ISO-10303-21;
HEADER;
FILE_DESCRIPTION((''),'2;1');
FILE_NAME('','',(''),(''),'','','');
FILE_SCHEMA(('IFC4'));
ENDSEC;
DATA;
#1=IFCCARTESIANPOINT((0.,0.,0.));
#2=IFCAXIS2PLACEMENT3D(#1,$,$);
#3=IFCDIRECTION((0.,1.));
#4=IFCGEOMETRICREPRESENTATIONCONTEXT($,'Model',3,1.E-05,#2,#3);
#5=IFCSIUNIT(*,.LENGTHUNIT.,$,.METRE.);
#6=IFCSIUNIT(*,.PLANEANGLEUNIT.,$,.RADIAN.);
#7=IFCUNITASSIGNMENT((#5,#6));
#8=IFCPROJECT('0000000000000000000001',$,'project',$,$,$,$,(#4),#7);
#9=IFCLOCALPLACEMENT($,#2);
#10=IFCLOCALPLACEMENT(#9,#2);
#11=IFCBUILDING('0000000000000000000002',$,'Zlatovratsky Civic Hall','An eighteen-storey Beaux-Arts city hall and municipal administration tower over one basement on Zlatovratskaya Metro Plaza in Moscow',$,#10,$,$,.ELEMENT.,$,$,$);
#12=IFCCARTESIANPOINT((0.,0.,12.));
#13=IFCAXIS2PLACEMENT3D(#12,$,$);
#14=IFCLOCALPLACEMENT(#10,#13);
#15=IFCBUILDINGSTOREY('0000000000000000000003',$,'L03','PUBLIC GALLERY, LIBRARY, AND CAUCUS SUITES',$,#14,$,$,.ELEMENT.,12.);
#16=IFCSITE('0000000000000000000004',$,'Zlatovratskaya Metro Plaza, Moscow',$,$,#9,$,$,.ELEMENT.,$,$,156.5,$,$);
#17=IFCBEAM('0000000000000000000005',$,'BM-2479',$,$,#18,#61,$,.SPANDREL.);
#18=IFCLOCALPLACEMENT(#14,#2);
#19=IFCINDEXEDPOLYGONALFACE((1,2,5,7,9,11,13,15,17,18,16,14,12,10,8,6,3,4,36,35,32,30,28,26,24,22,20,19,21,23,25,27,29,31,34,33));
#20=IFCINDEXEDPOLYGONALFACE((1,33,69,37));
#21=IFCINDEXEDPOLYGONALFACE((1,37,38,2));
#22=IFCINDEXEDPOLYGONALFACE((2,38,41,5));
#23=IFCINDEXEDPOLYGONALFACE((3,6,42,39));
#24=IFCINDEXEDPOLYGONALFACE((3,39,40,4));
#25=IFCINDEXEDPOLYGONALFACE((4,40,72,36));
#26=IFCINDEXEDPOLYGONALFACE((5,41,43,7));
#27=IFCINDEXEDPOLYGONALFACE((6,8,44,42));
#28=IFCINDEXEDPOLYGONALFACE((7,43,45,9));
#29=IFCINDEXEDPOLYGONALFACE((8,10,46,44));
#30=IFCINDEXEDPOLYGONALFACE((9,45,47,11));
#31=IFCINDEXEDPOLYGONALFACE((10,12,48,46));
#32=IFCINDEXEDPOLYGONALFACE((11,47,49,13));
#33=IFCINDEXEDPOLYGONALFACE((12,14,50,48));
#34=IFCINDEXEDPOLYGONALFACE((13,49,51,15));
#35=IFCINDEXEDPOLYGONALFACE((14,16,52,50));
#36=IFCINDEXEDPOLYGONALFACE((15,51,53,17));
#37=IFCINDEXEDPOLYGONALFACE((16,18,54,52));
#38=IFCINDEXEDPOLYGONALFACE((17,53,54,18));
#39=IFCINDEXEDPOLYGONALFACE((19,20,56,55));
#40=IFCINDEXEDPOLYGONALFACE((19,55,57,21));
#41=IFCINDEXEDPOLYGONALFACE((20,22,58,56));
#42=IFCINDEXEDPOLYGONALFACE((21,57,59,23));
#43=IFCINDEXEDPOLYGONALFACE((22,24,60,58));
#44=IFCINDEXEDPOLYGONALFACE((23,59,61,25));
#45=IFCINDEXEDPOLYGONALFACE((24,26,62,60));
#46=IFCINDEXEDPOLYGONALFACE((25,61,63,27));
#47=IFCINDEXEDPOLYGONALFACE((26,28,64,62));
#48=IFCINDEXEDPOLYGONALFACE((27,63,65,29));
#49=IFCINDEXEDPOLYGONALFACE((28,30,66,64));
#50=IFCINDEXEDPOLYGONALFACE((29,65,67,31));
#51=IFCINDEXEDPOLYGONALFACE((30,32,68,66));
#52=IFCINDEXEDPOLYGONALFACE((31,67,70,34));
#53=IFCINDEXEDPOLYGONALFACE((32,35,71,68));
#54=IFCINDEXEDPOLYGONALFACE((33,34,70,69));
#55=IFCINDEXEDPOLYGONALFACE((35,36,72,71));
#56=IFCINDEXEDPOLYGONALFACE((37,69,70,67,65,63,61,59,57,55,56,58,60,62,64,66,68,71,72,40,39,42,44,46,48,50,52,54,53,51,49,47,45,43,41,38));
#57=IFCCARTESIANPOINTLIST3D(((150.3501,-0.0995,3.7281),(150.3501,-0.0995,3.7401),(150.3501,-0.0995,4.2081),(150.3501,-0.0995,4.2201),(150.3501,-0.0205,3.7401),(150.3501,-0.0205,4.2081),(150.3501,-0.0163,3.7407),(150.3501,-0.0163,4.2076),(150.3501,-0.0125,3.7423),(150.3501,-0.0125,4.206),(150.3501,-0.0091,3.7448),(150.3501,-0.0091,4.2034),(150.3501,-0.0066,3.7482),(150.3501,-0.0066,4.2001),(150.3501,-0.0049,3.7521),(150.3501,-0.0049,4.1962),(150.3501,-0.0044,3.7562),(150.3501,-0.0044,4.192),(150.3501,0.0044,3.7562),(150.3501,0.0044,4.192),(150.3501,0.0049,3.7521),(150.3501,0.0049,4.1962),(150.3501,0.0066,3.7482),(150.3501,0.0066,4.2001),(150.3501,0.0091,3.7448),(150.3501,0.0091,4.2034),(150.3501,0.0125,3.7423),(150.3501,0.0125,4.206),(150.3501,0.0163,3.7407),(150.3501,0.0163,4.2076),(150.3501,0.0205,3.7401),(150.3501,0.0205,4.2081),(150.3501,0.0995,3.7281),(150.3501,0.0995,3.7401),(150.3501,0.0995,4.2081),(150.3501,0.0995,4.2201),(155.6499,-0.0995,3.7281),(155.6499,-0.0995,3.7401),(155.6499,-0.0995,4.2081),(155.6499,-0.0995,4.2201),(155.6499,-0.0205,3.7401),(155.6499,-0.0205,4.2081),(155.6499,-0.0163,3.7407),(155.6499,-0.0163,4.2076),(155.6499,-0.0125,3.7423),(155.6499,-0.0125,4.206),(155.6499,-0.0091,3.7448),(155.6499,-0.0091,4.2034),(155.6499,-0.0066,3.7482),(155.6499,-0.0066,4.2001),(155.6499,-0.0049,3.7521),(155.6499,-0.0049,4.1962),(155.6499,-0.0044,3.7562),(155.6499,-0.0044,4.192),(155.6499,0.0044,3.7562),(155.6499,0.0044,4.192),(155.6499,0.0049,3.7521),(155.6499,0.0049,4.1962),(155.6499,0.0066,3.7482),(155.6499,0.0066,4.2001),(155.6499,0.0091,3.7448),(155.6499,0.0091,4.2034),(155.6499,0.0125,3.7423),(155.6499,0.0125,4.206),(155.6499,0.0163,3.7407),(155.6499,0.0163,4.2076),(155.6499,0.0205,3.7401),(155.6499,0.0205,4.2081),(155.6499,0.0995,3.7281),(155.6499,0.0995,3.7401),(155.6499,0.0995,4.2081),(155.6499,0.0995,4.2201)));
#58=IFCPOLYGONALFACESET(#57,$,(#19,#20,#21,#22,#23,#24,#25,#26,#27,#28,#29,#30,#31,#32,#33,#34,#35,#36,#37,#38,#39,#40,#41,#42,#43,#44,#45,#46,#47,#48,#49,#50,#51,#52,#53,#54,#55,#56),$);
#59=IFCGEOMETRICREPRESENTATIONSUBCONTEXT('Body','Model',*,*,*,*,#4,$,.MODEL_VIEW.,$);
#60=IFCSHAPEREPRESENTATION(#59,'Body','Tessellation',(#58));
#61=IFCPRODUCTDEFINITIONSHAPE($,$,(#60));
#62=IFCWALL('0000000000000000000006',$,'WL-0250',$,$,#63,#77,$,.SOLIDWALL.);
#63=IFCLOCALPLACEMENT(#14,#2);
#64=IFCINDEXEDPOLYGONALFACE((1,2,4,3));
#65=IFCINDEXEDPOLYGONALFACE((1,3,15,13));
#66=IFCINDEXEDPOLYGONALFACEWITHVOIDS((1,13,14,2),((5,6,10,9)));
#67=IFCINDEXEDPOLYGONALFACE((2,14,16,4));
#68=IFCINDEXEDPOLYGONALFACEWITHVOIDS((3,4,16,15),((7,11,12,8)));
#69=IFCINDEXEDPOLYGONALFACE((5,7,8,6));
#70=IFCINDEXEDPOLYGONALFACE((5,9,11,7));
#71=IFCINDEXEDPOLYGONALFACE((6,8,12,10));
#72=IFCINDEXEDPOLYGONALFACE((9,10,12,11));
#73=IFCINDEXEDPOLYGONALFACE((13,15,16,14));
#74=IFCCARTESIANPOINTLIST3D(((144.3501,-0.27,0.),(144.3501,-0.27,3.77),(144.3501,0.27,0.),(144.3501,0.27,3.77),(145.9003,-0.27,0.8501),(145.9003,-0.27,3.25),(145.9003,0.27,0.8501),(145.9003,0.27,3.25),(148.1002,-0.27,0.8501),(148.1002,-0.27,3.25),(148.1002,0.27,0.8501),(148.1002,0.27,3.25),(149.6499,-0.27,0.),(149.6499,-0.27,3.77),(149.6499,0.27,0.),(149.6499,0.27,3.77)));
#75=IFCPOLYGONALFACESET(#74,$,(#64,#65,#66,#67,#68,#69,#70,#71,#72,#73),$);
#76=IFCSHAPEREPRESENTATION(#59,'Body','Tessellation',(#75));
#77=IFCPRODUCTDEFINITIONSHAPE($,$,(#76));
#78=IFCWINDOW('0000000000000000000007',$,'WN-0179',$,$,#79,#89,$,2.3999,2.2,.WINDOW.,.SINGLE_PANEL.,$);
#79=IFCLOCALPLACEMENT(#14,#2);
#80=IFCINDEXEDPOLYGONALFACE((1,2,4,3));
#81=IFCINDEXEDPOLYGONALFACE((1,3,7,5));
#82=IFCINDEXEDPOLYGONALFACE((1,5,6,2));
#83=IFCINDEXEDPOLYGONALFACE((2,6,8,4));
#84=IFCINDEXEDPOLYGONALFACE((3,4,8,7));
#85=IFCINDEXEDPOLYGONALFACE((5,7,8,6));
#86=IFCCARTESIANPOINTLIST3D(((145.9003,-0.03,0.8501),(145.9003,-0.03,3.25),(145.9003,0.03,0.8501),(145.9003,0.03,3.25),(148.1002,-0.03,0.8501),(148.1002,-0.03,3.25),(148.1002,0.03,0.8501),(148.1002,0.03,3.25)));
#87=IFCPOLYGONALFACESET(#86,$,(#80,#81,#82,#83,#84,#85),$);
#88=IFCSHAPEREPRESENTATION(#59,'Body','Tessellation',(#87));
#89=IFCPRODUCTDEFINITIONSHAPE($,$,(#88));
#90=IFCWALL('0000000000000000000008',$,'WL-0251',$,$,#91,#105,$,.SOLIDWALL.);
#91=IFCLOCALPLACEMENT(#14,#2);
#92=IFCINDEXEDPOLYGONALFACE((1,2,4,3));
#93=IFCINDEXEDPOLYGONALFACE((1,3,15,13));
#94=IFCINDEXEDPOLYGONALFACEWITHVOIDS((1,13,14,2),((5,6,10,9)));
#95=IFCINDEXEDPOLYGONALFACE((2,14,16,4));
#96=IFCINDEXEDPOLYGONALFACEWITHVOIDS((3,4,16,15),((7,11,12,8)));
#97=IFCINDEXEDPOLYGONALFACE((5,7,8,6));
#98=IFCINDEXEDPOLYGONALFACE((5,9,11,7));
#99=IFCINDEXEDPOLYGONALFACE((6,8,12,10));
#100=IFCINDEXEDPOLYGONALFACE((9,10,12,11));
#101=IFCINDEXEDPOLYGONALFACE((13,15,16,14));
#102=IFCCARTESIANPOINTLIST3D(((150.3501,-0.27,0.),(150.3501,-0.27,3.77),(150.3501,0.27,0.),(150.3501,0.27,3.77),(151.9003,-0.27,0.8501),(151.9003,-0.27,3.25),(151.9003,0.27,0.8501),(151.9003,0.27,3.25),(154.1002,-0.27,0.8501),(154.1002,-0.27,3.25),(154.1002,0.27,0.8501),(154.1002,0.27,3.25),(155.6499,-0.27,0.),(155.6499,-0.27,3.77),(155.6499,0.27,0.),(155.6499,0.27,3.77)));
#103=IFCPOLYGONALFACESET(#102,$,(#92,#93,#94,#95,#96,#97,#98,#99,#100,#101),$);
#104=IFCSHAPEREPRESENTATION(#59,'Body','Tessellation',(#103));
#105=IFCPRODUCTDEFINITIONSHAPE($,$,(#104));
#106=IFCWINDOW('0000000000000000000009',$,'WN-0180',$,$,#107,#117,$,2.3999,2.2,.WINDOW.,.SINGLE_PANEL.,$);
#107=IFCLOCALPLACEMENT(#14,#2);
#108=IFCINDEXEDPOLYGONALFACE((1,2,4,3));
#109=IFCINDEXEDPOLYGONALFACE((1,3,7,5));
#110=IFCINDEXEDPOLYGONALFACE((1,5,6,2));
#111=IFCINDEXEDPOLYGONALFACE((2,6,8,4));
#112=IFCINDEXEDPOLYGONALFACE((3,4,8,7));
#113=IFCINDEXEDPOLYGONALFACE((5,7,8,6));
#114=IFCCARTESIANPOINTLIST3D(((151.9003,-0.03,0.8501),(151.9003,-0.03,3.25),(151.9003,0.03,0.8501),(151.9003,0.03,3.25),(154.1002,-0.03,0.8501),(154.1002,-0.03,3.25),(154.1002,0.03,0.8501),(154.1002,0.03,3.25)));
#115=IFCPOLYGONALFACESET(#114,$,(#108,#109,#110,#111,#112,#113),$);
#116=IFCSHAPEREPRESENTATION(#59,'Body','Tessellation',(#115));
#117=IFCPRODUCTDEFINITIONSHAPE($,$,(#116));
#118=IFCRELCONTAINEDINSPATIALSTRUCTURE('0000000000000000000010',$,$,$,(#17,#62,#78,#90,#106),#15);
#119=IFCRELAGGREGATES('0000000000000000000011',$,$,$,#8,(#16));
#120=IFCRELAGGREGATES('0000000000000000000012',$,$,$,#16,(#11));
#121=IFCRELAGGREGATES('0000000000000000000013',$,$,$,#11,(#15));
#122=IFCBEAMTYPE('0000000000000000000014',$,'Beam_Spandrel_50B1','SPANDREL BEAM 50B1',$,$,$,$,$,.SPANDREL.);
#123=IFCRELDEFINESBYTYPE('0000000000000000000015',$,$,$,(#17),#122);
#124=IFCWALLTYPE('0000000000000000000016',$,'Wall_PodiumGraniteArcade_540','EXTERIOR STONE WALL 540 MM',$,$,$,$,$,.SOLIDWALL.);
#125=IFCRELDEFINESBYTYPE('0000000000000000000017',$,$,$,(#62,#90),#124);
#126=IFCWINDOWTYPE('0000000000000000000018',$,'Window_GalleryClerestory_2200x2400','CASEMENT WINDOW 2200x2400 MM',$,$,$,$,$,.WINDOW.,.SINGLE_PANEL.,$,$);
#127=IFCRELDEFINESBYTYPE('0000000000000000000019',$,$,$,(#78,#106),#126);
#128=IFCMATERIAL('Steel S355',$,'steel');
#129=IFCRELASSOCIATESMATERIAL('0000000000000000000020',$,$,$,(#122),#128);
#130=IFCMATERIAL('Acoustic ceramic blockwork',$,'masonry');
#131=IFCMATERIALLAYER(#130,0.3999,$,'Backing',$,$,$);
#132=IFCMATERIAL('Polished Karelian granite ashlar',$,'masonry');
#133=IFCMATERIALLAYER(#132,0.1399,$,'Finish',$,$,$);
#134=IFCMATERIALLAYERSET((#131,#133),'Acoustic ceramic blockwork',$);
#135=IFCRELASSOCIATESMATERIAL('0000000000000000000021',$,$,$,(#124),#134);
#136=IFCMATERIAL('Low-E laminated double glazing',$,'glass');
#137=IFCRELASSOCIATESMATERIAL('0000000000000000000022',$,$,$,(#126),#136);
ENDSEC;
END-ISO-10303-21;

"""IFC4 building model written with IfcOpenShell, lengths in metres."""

from ifc_helpers import new_model, si_unit, direction, frame, frame_2d, origin, origin_2d, place, context, subcontext, project, spatial, rectangle, i_section, extrude, material, layer, layer_set, material_profile, profile_set, type_object, element, fill, save


model = new_model("IFC4")

# Units and contexts
model_context = context("Model", 3, precision=1e-05, world=origin(), true_north=direction((0.0, 1.0)))
body_context = subcontext(model_context, "Body", "Model", "MODEL_VIEW")
ifc_project = project(units=[si_unit("LENGTHUNIT", "METRE"), si_unit("PLANEANGLEUNIT", "RADIAN")], contexts=[model_context])

# Site, building, storey
site_placement = place(None, origin())
site = spatial("IfcSite", under=ifc_project, at=site_placement, Name="Zlatovratskaya Metro Plaza, Moscow", CompositionType="ELEMENT", RefElevation=156.5)
building_placement = place(site_placement, origin())
building = spatial("IfcBuilding", under=site, at=building_placement, Name="Zlatovratsky Civic Hall", Description="An eighteen-storey Beaux-Arts city hall and municipal administration tower over one basement on Zlatovratskaya Metro Plaza in Moscow", CompositionType="ELEMENT")
storey_placement = place(building_placement, frame((0.0, 0.0, 12.0)))
storey = spatial("IfcBuildingStorey", under=building, at=storey_placement, Name="L03", Description="PUBLIC GALLERY, LIBRARY, AND CAUCUS SUITES", CompositionType="ELEMENT", Elevation=12.0)

# Shared definitions
ifc_material_1 = material(Name="Steel S355", Category="steel")

# Beam
ifc_material_profile_1 = material_profile(ifc_material_1, i_section(OverallWidth=0.199, OverallDepth=0.4919, WebThickness=0.0088, FlangeThickness=0.012, FilletRadius=0.0161, at=origin_2d()), Name="50B1")
ifc_profile_set_1 = profile_set([ifc_material_profile_1], Name="Steel S355")
beam_type_1 = type_object("IfcBeamType", Name="Beam_Spandrel_50B1", Description="SPANDREL BEAM 50B1", PredefinedType="SPANDREL", material=ifc_profile_set_1)
for number, where, z_axis, x_axis, name in (
    (1, (150.3501, 0.0, 3.9741), (1.0, 0.0, 0.0), (0.0, 1.0, 0.0), "BM-2479"),
):
    element("IfcBeam", number, at=place(storey_placement, frame(where, z_axis=z_axis, x_axis=x_axis)), inside=storey, type_object=beam_type_1, Name=name, PredefinedType="SPANDREL", context=body_context, shape_type="SweptSolid", body=[
        extrude(i_section(OverallWidth=0.199, OverallDepth=0.4919, WebThickness=0.0088, FlangeThickness=0.012, FilletRadius=0.0161, at=origin_2d()), origin(), (0.0, 0.0, 1.0), 5.2998),
    ])

# Walls, openings, windows
ifc_material_2 = material(Name="Acoustic ceramic blockwork", Category="masonry")
ifc_layer_1 = layer(ifc_material_2, 0.3999, Name="Backing")
ifc_material_3 = material(Name="Polished Karelian granite ashlar", Category="masonry")
ifc_layer_2 = layer(ifc_material_3, 0.1399, Name="Finish")
ifc_layer_set = layer_set([ifc_layer_1, ifc_layer_2], Name="Acoustic ceramic blockwork")
wall_type = type_object("IfcWallType", Name="Wall_PodiumGraniteArcade_540", Description="EXTERIOR STONE WALL 540 MM", PredefinedType="SOLIDWALL", material=ifc_layer_set)
wall_1_placement = place(storey_placement, frame((144.3501, 0.0, 0.0), z_axis=(0.0, 0.0, 1.0), x_axis=(1.0, 0.0, 0.0)))
wall_1 = element("IfcWall", 2, at=wall_1_placement, inside=storey, type_object=wall_type, Name="WL-0250", PredefinedType="SOLIDWALL", context=body_context, shape_type="SweptSolid", body=[
    extrude(rectangle(XDim=5.2998, YDim=0.54, at=frame_2d((2.6499, 0.0))), origin(), (0.0, 0.0, 1.0), 3.77),
])
opening_1_placement = place(wall_1_placement, frame((1.55, 0.0, 0.8501)))
opening_1 = element("IfcOpeningElement", 3, at=opening_1_placement, cuts=wall_1, PredefinedType="OPENING", context=body_context, shape_type="SweptSolid", body=[
    extrude(rectangle(XDim=2.2, YDim=2.3999, at=frame_2d((1.1001, 1.2))), frame((0.0, 0.2849, 0.0), z_axis=(0.0, -1.0, 0.0), x_axis=(1.0, 0.0, 0.0)), (0.0, 0.0, 1.0), 0.5698),
])
ifc_material_4 = material(Name="Low-E laminated double glazing", Category="glass")
window_type = type_object("IfcWindowType", Name="Window_GalleryClerestory_2200x2400", Description="CASEMENT WINDOW 2200x2400 MM", PartitioningType="SINGLE_PANEL", PredefinedType="WINDOW", material=ifc_material_4)
window_1_placement = place(opening_1_placement, origin())
window_1 = element("IfcWindow", 4, at=window_1_placement, inside=storey, type_object=window_type, Name="WN-0179", OverallHeight=2.3999, OverallWidth=2.2, PartitioningType="SINGLE_PANEL", PredefinedType="WINDOW", context=body_context, shape_type="SweptSolid", body=[
    extrude(rectangle(XDim=2.2, YDim=2.3999, at=frame_2d((1.1001, 1.2))), frame((0.0, 0.03, 0.0), z_axis=(0.0, -1.0, 0.0), x_axis=(1.0, 0.0, 0.0)), (0.0, 0.0, 1.0), 0.0601),
])
fill(opening_1, window_1)
wall_2_placement = place(storey_placement, frame((150.3501, 0.0, 0.0), z_axis=(0.0, 0.0, 1.0), x_axis=(1.0, 0.0, 0.0)))
wall_2 = element("IfcWall", 5, at=wall_2_placement, inside=storey, type_object=wall_type, Name="WL-0251", PredefinedType="SOLIDWALL", context=body_context, shape_type="SweptSolid", body=[
    extrude(rectangle(XDim=5.2998, YDim=0.54, at=frame_2d((2.6499, 0.0))), origin(), (0.0, 0.0, 1.0), 3.77),
])
opening_2_placement = place(wall_2_placement, frame((1.55, 0.0, 0.8501)))
opening_2 = element("IfcOpeningElement", 6, at=opening_2_placement, cuts=wall_2, PredefinedType="OPENING", context=body_context, shape_type="SweptSolid", body=[
    extrude(rectangle(XDim=2.2, YDim=2.3999, at=frame_2d((1.1001, 1.2))), frame((0.0, 0.2849, 0.0), z_axis=(0.0, -1.0, 0.0), x_axis=(1.0, 0.0, 0.0)), (0.0, 0.0, 1.0), 0.5698),
])
window_2_placement = place(opening_2_placement, origin())
window_2 = element("IfcWindow", 7, at=window_2_placement, inside=storey, type_object=window_type, Name="WN-0180", OverallHeight=2.3999, OverallWidth=2.2, PartitioningType="SINGLE_PANEL", PredefinedType="WINDOW", context=body_context, shape_type="SweptSolid", body=[
    extrude(rectangle(XDim=2.2, YDim=2.3999, at=frame_2d((1.1001, 1.2))), frame((0.0, 0.03, 0.0), z_axis=(0.0, -1.0, 0.0), x_axis=(1.0, 0.0, 0.0)), (0.0, 0.0, 1.0), 0.0601),
])
fill(opening_2, window_2)

save(model, "model.ifc")
